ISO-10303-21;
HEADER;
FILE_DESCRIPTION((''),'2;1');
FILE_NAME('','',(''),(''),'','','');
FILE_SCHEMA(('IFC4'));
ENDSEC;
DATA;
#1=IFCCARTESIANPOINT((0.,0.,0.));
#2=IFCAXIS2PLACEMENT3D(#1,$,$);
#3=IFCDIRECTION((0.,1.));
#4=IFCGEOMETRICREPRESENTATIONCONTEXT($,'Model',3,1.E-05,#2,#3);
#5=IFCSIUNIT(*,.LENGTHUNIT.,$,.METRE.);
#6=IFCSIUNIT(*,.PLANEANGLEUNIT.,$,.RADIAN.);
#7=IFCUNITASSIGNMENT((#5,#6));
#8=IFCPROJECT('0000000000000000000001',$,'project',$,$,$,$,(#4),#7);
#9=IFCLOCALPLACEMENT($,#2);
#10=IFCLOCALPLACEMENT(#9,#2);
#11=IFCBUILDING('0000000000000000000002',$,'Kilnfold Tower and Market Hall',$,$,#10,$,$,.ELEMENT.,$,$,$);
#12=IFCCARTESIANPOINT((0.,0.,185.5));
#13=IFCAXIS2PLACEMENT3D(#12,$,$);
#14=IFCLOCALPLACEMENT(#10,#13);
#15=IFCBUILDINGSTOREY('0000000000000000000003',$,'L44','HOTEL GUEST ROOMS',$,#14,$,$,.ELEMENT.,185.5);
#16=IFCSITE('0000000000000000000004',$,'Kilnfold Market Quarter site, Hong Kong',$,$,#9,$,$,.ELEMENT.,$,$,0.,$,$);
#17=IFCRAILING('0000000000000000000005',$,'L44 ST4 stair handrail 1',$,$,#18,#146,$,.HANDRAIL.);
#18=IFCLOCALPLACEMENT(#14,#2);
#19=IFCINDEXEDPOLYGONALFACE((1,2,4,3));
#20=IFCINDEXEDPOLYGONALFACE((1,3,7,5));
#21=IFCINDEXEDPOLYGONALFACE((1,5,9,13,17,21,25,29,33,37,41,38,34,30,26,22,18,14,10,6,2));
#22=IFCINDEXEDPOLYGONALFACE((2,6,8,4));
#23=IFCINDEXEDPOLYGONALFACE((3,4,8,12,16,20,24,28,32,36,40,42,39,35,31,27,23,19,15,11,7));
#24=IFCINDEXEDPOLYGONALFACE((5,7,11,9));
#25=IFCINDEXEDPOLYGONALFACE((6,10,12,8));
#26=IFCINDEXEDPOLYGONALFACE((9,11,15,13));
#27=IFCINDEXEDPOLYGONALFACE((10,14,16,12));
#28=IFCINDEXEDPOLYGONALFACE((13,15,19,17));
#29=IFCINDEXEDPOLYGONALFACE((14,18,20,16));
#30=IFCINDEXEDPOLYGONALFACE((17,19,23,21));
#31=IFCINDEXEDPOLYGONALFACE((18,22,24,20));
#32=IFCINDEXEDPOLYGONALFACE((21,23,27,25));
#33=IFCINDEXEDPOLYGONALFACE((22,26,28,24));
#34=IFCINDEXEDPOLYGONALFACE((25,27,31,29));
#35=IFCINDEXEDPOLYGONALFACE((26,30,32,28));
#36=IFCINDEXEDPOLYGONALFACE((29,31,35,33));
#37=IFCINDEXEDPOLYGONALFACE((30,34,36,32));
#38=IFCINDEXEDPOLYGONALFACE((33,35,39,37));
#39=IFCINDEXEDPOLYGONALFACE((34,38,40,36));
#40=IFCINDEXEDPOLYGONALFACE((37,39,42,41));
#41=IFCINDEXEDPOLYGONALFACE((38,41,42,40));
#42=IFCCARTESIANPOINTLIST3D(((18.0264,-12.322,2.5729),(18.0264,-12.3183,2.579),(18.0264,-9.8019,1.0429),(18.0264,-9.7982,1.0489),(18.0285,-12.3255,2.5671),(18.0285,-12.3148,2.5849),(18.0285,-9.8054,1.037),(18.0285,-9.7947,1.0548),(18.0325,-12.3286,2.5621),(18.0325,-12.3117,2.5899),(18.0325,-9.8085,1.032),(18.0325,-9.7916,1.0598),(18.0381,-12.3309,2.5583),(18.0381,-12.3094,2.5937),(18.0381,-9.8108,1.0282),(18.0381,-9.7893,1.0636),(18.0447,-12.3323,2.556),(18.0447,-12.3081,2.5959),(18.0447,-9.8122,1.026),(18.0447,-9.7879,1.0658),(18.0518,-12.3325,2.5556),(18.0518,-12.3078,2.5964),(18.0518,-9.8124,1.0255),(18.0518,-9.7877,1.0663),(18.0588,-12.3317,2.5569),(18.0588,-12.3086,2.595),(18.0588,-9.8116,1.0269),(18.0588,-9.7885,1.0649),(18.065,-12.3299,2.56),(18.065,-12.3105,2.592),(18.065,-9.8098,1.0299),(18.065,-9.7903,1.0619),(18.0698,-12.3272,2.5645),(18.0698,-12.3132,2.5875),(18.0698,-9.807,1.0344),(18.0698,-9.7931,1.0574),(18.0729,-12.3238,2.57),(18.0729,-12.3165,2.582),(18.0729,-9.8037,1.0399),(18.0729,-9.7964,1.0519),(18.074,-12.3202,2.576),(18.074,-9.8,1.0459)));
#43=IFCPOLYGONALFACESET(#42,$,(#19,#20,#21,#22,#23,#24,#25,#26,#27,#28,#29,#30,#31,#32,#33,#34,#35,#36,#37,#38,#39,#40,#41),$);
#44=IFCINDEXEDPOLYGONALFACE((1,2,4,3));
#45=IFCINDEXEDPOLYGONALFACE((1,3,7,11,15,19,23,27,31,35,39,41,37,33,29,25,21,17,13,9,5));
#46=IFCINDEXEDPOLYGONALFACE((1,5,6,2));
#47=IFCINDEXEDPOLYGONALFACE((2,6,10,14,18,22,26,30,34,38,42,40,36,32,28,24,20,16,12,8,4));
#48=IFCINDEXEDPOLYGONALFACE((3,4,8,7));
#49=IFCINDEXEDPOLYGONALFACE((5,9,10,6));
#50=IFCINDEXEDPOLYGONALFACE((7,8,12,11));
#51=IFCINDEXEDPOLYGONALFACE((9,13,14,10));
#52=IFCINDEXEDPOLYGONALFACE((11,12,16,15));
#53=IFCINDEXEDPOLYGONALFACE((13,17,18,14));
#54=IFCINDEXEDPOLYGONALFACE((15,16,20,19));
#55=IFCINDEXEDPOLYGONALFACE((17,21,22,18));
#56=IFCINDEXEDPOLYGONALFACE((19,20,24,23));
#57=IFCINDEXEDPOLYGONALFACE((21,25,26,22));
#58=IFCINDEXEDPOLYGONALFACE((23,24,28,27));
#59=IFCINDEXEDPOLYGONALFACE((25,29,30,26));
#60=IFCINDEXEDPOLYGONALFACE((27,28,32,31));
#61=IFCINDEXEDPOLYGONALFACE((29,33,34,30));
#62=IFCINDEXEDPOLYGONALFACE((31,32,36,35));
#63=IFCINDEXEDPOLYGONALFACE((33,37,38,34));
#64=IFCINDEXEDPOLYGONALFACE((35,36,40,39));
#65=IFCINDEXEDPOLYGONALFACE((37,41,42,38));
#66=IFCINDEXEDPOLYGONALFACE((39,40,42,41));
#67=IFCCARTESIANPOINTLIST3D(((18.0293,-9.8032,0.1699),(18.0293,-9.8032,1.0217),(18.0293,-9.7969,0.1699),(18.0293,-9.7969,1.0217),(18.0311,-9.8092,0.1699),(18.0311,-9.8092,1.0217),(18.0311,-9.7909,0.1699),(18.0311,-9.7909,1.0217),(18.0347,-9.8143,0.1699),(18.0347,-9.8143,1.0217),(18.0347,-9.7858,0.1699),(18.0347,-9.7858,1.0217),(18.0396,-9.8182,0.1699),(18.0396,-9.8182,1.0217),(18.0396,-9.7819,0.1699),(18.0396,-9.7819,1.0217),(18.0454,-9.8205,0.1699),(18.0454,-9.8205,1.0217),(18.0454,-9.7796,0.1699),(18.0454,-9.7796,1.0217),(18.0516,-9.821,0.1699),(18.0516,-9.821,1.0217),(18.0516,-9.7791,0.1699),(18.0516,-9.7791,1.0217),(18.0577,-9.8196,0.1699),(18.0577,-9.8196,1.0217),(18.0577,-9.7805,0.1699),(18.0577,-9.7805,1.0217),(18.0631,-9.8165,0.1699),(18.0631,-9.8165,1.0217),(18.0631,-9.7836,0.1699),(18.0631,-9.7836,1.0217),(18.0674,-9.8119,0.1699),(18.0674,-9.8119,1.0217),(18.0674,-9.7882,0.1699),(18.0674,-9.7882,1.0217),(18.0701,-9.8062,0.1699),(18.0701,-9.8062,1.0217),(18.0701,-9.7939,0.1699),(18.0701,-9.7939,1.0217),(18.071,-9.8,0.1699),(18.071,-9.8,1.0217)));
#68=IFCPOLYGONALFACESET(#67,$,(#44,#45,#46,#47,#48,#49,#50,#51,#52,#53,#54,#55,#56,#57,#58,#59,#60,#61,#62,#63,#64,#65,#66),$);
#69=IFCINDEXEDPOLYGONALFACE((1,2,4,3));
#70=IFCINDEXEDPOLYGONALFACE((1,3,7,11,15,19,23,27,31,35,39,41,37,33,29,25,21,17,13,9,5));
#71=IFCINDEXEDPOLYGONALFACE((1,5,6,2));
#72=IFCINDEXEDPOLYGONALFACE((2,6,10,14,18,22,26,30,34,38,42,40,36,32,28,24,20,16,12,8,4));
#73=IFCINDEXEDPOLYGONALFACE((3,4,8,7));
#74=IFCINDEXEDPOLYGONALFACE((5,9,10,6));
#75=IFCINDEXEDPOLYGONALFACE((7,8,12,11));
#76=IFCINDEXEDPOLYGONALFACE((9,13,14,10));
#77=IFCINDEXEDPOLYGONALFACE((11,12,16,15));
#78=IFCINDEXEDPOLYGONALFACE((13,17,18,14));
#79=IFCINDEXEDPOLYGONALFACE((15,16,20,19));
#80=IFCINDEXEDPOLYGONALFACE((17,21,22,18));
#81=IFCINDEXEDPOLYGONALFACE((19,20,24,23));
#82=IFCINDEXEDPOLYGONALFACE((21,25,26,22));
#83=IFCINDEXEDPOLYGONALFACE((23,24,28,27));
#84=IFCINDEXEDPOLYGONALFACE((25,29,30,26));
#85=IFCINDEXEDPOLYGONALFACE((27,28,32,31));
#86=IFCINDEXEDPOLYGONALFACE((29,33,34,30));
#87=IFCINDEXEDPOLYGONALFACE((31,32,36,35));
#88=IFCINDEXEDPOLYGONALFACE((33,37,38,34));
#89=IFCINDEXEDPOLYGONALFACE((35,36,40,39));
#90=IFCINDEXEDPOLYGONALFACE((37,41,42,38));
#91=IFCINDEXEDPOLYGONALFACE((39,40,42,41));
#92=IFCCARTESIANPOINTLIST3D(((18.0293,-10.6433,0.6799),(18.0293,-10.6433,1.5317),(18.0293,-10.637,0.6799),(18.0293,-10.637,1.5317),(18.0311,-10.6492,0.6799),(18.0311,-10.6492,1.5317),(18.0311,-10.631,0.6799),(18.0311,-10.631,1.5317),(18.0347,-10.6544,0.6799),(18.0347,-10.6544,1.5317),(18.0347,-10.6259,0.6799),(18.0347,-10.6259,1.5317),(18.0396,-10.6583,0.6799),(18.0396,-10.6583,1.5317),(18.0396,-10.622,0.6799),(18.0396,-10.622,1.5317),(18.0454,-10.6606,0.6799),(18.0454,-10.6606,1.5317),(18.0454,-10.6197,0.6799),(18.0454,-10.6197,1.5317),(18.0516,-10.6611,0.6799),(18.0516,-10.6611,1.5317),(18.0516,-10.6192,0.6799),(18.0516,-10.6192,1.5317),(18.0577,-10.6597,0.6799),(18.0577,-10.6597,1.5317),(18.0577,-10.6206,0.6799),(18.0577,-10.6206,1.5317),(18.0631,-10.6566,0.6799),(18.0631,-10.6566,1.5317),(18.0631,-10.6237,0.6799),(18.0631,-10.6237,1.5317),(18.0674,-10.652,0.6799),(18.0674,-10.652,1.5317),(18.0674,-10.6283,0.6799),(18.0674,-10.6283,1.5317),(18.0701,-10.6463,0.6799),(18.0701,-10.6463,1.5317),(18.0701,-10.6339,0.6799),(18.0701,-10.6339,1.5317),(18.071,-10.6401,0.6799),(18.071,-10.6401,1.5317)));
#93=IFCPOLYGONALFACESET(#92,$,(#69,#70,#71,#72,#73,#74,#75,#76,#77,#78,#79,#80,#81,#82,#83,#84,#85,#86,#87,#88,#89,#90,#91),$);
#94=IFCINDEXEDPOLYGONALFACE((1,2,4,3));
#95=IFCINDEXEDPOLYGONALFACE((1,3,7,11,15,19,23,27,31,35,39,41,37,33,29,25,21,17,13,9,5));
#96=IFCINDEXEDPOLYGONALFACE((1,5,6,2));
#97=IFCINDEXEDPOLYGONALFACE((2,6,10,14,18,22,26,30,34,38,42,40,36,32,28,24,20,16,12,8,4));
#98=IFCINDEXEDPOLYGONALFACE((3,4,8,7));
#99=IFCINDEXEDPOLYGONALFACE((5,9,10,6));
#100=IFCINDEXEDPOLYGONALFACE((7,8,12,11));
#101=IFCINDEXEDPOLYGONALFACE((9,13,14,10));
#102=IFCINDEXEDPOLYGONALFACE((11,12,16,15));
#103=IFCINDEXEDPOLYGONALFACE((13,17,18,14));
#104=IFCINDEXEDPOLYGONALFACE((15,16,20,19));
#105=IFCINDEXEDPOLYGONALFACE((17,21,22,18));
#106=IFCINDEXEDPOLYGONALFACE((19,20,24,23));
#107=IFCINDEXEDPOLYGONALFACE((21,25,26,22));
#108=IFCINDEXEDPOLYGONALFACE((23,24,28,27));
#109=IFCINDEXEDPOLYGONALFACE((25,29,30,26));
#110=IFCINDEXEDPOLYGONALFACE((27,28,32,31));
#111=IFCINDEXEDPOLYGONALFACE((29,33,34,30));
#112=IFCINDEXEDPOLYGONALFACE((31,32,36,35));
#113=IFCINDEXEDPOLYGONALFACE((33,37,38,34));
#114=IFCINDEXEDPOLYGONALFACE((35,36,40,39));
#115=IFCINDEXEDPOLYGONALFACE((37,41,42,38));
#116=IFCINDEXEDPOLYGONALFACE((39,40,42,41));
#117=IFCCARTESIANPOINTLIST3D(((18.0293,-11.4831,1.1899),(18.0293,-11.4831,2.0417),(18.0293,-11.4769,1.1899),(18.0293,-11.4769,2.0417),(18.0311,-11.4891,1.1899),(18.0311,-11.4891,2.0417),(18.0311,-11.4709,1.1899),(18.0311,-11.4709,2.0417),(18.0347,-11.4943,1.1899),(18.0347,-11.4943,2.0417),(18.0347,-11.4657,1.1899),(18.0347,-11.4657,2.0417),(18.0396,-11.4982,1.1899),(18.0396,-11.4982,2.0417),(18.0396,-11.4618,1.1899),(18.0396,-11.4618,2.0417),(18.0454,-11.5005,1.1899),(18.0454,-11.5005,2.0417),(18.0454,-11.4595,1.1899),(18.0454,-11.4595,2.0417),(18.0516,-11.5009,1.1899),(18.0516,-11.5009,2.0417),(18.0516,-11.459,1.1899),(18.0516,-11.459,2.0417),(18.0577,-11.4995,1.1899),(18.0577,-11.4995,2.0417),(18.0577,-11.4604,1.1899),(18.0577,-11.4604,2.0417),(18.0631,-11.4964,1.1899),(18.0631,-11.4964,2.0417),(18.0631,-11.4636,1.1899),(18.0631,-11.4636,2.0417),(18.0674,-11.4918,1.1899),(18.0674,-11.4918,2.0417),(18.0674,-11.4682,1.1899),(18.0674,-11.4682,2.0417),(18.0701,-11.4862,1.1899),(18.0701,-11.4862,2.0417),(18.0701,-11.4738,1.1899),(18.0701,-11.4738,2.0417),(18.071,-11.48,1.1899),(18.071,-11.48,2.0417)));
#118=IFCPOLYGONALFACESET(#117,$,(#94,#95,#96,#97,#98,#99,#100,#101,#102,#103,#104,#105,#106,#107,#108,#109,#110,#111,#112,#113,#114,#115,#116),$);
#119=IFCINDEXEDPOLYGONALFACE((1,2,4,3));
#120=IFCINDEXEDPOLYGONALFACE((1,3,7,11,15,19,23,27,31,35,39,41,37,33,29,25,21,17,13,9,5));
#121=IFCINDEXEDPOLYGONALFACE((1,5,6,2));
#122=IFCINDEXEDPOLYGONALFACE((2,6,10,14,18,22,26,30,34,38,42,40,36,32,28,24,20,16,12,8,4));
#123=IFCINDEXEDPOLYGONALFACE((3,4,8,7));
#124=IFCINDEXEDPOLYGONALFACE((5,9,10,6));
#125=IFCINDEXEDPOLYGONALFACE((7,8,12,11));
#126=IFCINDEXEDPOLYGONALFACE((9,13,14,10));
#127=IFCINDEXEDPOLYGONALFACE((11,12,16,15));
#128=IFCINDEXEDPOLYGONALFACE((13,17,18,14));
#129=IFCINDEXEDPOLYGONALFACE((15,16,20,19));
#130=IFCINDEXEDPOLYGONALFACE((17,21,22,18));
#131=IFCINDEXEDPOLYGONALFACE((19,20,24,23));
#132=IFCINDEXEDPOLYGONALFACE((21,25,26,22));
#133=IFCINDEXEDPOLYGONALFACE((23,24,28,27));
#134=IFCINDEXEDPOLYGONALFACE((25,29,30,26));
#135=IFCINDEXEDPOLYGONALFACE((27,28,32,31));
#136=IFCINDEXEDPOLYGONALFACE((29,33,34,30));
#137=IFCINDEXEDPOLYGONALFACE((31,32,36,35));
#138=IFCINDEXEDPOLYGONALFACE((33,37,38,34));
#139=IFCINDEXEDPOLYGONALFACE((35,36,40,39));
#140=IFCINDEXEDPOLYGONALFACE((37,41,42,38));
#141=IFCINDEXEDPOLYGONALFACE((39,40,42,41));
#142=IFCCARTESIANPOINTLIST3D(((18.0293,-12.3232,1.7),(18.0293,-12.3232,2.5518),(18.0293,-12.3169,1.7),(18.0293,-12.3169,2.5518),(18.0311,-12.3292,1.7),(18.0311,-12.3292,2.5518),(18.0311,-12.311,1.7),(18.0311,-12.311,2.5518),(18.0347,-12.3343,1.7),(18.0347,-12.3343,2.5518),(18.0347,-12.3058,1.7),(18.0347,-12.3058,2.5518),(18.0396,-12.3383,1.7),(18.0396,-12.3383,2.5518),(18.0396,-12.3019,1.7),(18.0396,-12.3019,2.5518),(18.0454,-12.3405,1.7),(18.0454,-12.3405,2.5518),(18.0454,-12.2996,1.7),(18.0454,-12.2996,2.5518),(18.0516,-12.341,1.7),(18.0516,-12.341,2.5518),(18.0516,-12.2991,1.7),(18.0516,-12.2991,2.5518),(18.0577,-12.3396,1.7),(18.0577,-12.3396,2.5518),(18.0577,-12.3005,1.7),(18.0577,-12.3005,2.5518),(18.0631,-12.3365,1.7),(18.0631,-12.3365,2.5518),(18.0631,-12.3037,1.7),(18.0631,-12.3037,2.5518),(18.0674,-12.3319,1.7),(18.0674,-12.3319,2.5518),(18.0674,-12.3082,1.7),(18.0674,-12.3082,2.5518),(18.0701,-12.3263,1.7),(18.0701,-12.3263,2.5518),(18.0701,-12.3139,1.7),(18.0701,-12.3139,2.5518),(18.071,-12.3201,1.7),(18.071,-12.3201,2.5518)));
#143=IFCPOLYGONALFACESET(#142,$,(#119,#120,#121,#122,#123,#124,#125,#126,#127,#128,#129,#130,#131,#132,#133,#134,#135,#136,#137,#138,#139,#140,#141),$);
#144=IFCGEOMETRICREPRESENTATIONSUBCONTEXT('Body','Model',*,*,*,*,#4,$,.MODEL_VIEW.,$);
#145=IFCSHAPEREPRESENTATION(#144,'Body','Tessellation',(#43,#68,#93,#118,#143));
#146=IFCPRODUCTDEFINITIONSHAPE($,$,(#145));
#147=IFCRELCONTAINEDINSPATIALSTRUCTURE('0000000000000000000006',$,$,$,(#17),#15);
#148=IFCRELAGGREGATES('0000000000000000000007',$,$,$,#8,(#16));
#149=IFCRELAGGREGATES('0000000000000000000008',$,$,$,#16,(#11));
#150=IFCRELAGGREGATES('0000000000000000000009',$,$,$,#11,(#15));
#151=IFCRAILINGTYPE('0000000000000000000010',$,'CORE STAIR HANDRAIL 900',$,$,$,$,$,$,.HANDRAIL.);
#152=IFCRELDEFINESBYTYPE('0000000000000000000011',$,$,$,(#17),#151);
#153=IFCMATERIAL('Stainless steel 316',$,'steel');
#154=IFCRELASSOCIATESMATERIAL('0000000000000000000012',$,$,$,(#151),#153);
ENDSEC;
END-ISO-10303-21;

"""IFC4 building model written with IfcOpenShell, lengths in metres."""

from ifc_helpers import new_model, si_unit, direction, frame, origin, origin_2d, place, context, subcontext, project, spatial, circle, extrude, material, type_object, element, save


model = new_model("IFC4")

# Units and contexts
model_context = context("Model", 3, precision=1e-05, world=origin(), true_north=direction((0.0, 1.0)))
body_context = subcontext(model_context, "Body", "Model", "MODEL_VIEW")
ifc_project = project(units=[si_unit("LENGTHUNIT", "METRE"), si_unit("PLANEANGLEUNIT", "RADIAN")], contexts=[model_context])

# Site, building, storey
site_placement = place(None, origin())
site = spatial("IfcSite", under=ifc_project, at=site_placement, Name="Kilnfold Market Quarter site, Hong Kong", CompositionType="ELEMENT", RefElevation=0.0)
building_placement = place(site_placement, origin())
building = spatial("IfcBuilding", under=site, at=building_placement, Name="Kilnfold Tower and Market Hall", CompositionType="ELEMENT")
storey_placement = place(building_placement, frame((0.0, 0.0, 185.5)))
storey = spatial("IfcBuildingStorey", under=building, at=storey_placement, Name="L44", Description="HOTEL GUEST ROOMS", CompositionType="ELEMENT", Elevation=185.5)

# Railing
ifc_material_1 = material(Name="Stainless steel 316", Category="steel")
railing_type_1 = type_object("IfcRailingType", Name="CORE STAIR HANDRAIL 900", PredefinedType="HANDRAIL", material=ifc_material_1)
railing_1_placement = place(storey_placement, frame((18.05, -9.8, 0.1699)))
element("IfcRailing", 1, at=railing_1_placement, inside=storey, type_object=railing_type_1, Name="L44 ST4 stair handrail 1", PredefinedType="HANDRAIL", context=body_context, shape_type="SweptSolid", body=[
    extrude(circle(Radius=0.0239, at=origin_2d()), frame((0.0, 0.0, 0.876), z_axis=(0.0, -0.854785, 0.518982), x_axis=(1.0, 0.0, 0.0)), (0.0, 0.0, 1.0), 2.9482),
    extrude(circle(Radius=0.021, at=origin_2d()), origin(), (0.0, 0.0, 1.0), 0.8518),
    extrude(circle(Radius=0.021, at=origin_2d()), frame((0.0, -0.8401, 0.51)), (0.0, 0.0, 1.0), 0.8518),
    extrude(circle(Radius=0.021, at=origin_2d()), frame((0.0, -1.6799, 1.02)), (0.0, 0.0, 1.0), 0.8518),
    extrude(circle(Radius=0.021, at=origin_2d()), frame((0.0, -2.52, 1.53)), (0.0, 0.0, 1.0), 0.8518),
])

save(model, "model.ifc")
